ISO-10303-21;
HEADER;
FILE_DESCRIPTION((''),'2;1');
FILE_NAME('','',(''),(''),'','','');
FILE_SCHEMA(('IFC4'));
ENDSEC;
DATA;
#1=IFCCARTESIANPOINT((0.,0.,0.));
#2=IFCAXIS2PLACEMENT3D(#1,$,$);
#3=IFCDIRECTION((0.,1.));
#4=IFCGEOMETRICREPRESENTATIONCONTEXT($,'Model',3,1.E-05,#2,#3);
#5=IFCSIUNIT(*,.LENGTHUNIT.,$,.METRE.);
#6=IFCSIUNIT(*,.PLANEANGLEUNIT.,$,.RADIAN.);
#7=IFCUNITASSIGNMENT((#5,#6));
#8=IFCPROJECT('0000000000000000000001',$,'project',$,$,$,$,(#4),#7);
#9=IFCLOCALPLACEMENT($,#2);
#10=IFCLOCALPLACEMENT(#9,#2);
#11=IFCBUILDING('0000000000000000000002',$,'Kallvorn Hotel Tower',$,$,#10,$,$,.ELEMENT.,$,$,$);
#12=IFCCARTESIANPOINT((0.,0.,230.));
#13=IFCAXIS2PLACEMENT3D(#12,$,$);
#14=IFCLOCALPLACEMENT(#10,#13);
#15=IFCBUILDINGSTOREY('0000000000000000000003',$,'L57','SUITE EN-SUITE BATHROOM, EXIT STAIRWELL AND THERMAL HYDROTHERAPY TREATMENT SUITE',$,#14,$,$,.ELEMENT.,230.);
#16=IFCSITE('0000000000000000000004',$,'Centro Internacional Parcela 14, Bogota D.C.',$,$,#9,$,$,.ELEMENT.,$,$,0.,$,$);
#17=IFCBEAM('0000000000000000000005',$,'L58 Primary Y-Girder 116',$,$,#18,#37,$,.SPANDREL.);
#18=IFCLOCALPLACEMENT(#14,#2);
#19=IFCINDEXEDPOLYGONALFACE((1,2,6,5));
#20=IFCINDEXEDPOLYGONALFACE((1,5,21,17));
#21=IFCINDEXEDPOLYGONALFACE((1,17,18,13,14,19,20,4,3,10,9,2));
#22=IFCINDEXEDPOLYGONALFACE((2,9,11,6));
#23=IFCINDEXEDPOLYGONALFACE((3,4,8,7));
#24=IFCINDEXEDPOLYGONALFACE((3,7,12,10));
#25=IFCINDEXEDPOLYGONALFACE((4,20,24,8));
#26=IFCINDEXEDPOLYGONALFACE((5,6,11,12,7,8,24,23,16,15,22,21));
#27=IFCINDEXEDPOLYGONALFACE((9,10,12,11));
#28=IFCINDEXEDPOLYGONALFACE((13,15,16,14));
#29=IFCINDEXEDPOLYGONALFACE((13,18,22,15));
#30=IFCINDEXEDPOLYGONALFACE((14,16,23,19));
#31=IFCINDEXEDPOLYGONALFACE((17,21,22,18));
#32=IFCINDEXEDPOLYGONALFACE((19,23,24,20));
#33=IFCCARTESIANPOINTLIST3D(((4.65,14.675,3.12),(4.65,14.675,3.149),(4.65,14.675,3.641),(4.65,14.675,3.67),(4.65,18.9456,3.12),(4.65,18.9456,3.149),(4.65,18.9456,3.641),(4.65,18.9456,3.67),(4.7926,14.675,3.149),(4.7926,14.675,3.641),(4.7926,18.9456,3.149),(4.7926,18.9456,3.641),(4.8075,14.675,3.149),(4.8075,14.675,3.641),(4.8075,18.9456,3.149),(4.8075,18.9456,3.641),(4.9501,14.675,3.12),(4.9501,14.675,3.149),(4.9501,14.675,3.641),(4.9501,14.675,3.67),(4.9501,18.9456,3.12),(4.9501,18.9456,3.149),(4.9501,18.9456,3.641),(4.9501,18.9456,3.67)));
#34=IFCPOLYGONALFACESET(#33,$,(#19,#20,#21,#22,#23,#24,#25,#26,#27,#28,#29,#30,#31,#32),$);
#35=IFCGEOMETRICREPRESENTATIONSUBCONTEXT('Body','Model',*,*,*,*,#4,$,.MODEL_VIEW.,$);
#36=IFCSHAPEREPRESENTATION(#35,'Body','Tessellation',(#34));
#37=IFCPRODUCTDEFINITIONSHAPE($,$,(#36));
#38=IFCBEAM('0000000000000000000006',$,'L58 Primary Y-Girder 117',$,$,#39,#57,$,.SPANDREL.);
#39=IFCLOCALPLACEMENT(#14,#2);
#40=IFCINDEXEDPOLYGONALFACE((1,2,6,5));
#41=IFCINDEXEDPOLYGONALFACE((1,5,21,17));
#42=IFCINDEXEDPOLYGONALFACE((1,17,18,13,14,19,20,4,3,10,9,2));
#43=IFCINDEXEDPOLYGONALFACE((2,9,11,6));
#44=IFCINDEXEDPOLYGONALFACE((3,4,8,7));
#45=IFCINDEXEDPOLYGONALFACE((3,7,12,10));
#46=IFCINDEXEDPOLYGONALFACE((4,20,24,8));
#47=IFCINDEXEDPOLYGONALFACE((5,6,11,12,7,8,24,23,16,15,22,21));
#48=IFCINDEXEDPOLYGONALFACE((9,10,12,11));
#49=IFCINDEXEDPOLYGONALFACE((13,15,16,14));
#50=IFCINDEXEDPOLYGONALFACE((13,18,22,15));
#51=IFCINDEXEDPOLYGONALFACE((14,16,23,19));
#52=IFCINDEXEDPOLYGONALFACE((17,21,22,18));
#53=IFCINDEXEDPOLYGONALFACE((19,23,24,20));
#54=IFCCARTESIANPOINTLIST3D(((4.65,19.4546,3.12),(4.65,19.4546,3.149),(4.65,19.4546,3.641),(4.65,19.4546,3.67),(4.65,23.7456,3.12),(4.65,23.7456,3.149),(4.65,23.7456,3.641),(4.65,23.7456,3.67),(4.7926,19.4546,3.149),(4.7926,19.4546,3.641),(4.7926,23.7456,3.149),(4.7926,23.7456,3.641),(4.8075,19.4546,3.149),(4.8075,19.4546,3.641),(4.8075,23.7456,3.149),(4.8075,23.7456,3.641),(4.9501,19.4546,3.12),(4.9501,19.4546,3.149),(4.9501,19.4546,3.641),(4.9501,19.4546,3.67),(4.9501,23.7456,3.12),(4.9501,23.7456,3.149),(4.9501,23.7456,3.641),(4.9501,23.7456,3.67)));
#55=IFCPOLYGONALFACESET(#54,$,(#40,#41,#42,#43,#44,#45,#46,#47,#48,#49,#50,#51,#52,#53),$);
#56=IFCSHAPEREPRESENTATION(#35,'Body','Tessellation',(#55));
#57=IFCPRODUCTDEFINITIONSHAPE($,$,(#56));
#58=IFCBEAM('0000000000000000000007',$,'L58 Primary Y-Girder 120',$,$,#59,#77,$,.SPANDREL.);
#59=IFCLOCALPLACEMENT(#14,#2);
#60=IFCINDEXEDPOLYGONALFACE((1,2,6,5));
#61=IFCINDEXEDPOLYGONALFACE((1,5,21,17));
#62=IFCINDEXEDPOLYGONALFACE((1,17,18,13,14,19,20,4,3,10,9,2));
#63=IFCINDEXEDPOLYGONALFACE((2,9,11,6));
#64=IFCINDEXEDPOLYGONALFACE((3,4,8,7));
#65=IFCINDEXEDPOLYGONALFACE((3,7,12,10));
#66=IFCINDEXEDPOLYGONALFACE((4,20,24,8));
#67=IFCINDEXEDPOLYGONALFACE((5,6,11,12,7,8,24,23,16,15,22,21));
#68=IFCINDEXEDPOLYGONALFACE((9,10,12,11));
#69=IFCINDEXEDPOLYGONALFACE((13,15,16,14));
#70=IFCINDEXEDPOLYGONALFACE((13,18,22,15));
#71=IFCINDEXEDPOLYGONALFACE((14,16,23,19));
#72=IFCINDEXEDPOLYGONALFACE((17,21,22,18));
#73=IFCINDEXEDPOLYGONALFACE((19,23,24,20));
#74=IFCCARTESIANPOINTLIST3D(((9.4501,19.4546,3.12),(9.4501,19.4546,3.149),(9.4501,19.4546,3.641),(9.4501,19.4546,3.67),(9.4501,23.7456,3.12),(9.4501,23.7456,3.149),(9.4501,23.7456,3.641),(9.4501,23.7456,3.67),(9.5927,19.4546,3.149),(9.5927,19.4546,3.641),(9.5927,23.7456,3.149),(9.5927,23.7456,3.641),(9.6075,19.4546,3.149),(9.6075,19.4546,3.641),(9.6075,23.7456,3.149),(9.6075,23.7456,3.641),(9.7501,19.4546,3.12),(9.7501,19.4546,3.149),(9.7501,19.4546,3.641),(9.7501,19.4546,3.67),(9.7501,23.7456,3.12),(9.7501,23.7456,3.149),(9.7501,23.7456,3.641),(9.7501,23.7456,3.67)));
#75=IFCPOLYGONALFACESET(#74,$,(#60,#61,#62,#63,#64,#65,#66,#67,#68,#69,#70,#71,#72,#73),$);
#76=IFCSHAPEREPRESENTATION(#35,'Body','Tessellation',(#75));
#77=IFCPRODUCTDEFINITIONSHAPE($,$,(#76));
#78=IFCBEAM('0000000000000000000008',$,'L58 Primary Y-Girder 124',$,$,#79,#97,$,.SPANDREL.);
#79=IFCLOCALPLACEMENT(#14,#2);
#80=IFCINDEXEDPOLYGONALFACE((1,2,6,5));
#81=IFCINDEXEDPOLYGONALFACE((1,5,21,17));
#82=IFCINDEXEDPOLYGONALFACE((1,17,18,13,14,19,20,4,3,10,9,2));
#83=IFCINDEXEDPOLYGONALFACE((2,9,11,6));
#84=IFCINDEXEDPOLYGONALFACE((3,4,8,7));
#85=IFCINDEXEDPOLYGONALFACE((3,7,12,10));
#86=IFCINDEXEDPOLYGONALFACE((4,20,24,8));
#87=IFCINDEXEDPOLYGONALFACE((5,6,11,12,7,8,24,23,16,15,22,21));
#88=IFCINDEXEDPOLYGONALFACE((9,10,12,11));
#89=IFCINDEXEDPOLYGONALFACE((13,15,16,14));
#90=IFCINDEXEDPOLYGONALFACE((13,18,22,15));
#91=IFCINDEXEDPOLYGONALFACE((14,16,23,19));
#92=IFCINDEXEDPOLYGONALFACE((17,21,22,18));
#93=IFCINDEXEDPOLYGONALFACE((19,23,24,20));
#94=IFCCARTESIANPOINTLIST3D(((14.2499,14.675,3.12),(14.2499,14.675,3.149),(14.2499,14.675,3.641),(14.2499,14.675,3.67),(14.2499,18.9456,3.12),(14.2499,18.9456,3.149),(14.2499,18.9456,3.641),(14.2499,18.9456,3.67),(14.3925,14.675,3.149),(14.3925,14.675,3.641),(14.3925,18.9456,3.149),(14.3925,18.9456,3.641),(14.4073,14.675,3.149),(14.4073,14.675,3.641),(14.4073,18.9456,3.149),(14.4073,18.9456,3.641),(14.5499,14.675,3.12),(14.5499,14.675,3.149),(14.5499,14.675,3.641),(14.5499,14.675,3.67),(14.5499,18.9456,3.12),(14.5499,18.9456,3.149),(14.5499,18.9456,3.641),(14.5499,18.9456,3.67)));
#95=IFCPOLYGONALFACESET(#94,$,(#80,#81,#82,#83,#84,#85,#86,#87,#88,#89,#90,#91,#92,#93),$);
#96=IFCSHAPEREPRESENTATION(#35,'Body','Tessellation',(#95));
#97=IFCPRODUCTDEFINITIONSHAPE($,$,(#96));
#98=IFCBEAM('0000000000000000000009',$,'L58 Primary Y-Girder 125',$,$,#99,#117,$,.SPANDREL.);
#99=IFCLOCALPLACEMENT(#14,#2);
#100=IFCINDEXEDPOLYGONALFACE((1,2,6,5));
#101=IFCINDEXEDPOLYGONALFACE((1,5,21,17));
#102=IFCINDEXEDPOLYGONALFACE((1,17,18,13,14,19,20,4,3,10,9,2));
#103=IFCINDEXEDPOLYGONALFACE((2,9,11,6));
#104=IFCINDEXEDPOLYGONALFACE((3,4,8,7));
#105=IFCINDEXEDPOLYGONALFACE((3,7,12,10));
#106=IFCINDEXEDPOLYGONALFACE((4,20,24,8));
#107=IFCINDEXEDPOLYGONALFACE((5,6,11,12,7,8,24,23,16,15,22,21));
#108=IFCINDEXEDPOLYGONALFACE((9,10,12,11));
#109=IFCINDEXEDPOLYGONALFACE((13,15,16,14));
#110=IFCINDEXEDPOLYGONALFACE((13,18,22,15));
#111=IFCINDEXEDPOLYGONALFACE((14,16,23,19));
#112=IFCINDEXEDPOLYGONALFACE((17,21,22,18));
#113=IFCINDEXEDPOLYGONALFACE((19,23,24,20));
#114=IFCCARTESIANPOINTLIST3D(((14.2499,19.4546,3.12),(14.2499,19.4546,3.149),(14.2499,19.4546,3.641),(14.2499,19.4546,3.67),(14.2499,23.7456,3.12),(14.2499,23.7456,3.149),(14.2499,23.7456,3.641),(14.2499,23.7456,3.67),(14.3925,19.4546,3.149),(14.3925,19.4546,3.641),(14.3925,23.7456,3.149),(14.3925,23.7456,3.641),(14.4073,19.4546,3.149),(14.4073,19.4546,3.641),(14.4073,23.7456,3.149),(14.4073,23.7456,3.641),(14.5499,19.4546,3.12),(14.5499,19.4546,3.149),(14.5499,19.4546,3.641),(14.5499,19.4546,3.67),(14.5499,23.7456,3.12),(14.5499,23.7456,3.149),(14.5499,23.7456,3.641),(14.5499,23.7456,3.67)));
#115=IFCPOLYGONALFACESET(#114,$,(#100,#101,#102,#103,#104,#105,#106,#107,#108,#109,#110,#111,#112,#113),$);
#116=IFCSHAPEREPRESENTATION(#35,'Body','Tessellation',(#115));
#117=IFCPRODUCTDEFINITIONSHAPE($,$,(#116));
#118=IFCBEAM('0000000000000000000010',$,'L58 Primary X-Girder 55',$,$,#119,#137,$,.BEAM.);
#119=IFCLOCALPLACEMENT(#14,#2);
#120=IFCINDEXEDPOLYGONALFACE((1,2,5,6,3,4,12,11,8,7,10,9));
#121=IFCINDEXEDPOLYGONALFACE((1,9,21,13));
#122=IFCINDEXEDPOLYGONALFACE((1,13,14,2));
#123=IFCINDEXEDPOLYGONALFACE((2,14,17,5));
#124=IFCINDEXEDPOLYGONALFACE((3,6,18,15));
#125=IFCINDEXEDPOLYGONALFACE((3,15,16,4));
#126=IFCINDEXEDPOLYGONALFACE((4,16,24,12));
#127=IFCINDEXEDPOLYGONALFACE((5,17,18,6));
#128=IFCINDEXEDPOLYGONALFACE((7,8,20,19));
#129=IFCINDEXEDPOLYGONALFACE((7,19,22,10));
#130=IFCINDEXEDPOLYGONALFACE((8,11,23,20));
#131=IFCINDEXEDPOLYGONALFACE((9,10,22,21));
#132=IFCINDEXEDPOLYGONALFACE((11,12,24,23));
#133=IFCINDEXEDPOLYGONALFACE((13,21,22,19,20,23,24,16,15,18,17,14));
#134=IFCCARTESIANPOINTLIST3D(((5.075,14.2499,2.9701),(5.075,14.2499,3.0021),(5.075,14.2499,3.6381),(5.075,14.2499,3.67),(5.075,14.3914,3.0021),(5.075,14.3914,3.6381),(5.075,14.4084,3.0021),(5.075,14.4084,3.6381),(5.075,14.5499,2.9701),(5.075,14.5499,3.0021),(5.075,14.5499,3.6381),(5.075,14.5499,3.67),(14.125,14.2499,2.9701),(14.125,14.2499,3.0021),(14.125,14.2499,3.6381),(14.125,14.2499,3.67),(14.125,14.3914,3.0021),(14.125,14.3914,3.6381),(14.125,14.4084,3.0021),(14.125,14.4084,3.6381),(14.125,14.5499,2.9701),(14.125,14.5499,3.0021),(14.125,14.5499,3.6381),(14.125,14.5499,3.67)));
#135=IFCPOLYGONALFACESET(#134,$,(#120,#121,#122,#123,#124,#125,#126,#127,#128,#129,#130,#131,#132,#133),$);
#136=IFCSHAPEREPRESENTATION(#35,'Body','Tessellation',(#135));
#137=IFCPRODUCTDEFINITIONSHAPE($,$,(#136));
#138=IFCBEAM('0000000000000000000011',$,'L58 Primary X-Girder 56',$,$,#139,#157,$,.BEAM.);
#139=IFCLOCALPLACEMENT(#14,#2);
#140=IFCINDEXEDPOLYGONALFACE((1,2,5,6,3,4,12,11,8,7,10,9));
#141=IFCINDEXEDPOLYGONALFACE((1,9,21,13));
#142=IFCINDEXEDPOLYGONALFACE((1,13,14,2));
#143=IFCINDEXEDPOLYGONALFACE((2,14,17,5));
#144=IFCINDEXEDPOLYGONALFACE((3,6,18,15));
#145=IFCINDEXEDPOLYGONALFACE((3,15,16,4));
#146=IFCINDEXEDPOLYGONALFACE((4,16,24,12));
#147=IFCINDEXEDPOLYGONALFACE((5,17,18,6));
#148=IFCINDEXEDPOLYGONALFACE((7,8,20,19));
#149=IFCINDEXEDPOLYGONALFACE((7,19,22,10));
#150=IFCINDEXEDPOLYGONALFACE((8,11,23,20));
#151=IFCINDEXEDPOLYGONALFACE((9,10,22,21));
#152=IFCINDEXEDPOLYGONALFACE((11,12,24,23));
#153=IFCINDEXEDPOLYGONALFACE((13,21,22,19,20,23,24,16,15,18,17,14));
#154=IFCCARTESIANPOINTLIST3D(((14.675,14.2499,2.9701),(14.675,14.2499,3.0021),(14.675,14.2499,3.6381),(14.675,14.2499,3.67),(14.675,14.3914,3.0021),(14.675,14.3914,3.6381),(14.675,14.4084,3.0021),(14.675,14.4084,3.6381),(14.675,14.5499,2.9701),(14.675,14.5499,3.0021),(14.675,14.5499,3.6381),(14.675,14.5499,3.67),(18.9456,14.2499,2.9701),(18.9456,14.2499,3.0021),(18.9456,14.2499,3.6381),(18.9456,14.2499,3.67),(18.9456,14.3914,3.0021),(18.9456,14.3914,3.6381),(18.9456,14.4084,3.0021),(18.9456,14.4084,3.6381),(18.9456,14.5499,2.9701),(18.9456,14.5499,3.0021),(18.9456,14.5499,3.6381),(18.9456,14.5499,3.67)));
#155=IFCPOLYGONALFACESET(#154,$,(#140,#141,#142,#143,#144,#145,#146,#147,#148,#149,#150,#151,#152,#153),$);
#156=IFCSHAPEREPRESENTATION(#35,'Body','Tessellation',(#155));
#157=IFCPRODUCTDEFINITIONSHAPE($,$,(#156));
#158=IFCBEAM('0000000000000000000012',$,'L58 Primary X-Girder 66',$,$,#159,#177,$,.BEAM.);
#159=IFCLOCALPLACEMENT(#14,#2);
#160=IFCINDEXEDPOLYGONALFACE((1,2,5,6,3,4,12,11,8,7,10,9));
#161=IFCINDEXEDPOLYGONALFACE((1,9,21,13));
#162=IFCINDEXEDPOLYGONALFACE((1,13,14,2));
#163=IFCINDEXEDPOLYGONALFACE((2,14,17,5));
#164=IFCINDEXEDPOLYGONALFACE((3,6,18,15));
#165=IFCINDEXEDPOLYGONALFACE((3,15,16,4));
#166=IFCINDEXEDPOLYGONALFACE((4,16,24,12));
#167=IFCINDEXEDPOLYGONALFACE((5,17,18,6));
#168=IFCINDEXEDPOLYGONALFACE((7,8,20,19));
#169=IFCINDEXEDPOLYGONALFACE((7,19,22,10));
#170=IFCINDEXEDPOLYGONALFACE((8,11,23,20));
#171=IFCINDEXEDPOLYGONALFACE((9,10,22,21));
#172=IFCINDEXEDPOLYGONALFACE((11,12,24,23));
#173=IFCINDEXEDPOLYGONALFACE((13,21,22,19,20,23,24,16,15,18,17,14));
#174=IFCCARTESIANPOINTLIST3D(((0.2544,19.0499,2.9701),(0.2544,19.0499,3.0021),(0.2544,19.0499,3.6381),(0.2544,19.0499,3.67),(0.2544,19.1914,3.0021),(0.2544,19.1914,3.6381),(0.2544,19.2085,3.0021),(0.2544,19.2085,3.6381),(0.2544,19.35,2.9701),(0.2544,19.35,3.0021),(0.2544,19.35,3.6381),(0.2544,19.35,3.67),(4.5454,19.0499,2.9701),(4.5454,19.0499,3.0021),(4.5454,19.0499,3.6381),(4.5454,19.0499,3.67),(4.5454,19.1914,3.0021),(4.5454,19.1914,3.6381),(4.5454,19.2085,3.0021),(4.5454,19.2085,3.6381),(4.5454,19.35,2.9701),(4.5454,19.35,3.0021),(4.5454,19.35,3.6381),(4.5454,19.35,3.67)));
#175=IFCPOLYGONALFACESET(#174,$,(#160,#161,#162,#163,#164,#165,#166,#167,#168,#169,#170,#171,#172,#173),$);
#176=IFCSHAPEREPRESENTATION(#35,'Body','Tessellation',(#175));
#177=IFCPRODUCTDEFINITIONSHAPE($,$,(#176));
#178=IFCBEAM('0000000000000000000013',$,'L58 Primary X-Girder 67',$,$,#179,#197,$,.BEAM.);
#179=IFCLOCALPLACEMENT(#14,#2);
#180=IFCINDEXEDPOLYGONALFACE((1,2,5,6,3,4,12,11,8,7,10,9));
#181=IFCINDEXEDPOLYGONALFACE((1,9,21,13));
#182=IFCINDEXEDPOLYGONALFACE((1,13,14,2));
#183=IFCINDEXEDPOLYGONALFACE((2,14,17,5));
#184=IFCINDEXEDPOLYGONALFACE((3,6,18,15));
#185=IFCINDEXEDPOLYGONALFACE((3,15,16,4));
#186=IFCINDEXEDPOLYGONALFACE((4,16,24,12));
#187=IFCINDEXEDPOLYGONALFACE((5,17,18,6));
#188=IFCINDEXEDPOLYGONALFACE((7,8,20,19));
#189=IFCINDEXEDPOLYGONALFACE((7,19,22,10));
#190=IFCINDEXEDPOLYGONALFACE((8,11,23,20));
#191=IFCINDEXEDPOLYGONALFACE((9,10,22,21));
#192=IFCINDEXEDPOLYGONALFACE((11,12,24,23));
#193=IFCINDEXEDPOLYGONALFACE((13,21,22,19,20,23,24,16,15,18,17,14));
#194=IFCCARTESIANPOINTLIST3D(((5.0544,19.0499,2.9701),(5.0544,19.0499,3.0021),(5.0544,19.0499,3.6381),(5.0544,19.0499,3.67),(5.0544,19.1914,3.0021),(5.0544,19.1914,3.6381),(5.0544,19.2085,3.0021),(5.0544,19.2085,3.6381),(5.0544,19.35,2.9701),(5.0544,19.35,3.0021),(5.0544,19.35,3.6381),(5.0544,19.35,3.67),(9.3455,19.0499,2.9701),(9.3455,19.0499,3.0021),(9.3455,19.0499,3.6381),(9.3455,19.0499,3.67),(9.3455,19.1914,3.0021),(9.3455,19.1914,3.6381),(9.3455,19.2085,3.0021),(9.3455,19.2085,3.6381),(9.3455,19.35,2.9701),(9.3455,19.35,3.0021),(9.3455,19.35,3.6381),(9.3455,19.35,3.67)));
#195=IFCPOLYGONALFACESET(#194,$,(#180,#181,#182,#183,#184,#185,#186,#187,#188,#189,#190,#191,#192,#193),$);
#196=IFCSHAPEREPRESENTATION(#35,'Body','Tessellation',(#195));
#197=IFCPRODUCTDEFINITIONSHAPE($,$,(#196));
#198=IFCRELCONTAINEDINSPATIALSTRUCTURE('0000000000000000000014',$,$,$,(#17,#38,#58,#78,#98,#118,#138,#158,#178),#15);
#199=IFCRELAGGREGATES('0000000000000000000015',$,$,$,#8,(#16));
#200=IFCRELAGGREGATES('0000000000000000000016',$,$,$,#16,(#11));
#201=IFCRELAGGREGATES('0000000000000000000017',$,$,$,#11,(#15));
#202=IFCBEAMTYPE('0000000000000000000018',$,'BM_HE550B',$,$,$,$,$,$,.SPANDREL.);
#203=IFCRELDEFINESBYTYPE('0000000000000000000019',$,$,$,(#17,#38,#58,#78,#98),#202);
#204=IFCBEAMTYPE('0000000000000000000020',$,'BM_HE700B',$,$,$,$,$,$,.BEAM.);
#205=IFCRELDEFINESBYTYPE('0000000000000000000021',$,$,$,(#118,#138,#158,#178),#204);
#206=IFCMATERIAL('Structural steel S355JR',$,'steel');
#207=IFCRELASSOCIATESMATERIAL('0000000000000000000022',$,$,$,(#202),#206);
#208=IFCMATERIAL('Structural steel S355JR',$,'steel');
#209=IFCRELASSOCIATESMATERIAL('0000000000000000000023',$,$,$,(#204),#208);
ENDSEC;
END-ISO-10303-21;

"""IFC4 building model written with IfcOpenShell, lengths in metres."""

from ifc_helpers import new_model, si_unit, direction, frame, origin, origin_2d, place, context, subcontext, project, spatial, i_section, extrude, material, material_profile, profile_set, type_object, element, save


model = new_model("IFC4")

# Units and contexts
model_context = context("Model", 3, precision=1e-05, world=origin(), true_north=direction((0.0, 1.0)))
body_context = subcontext(model_context, "Body", "Model", "MODEL_VIEW")
ifc_project = project(units=[si_unit("LENGTHUNIT", "METRE"), si_unit("PLANEANGLEUNIT", "RADIAN")], contexts=[model_context])

# Site, building, storey
site_placement = place(None, origin())
site = spatial("IfcSite", under=ifc_project, at=site_placement, Name="Centro Internacional Parcela 14, Bogota D.C.", CompositionType="ELEMENT", RefElevation=0.0)
building_placement = place(site_placement, origin())
building = spatial("IfcBuilding", under=site, at=building_placement, Name="Kallvorn Hotel Tower", CompositionType="ELEMENT")
storey_placement = place(building_placement, frame((0.0, 0.0, 230.0)))
storey = spatial("IfcBuildingStorey", under=building, at=storey_placement, Name="L57", Description="SUITE EN-SUITE BATHROOM, EXIT STAIRWELL AND THERMAL HYDROTHERAPY TREATMENT SUITE", CompositionType="ELEMENT", Elevation=230.0)

# Beams
ifc_material_1 = material(Name="Structural steel S355JR", Category="steel")
ifc_material_profile_1 = material_profile(ifc_material_1, i_section(OverallWidth=0.3, OverallDepth=0.55, WebThickness=0.0149, FlangeThickness=0.0291, at=origin_2d()), Name="HE 550 B")
ifc_profile_set_1 = profile_set([ifc_material_profile_1], Name="Structural steel S355JR")
beam_type_1 = type_object("IfcBeamType", Name="BM_HE550B", PredefinedType="SPANDREL", material=ifc_profile_set_1)
beam_1_placement = place(storey_placement, frame((4.8, 14.675, 3.395), z_axis=(0.0, 1.0, 0.0), x_axis=(-1.0, 0.0, 0.0)))
element("IfcBeam", 1, at=beam_1_placement, inside=storey, type_object=beam_type_1, Name="L58 Primary Y-Girder 116", PredefinedType="SPANDREL", context=body_context, shape_type="SweptSolid", body=[
    extrude(i_section(OverallWidth=0.3, OverallDepth=0.55, WebThickness=0.0149, FlangeThickness=0.0291, at=origin_2d()), origin(), (0.0, 0.0, 1.0), 4.2705),
])
for number, where, z_axis, x_axis, name in (
    (2, (4.8, 19.4546, 3.395), (0.0, 1.0, 0.0), (-1.0, 0.0, 0.0), "L58 Primary Y-Girder 117"),
    (3, (9.6001, 19.4546, 3.395), (0.0, 1.0, 0.0), (-1.0, 0.0, 0.0), "L58 Primary Y-Girder 120"),
):
    element("IfcBeam", number, at=place(storey_placement, frame(where, z_axis=z_axis, x_axis=x_axis)), inside=storey, type_object=beam_type_1, Name=name, PredefinedType="SPANDREL", context=body_context, shape_type="SweptSolid", body=[
        extrude(i_section(OverallWidth=0.3, OverallDepth=0.55, WebThickness=0.0149, FlangeThickness=0.0291, at=origin_2d()), origin(), (0.0, 0.0, 1.0), 4.291),
    ])
beam_2_placement = place(storey_placement, frame((14.3999, 14.675, 3.395), z_axis=(0.0, 1.0, 0.0), x_axis=(-1.0, 0.0, 0.0)))
element("IfcBeam", 4, at=beam_2_placement, inside=storey, type_object=beam_type_1, Name="L58 Primary Y-Girder 124", PredefinedType="SPANDREL", context=body_context, shape_type="SweptSolid", body=[
    extrude(i_section(OverallWidth=0.3, OverallDepth=0.55, WebThickness=0.0149, FlangeThickness=0.0291, at=origin_2d()), origin(), (0.0, 0.0, 1.0), 4.2705),
])
beam_3_placement = place(storey_placement, frame((14.3999, 19.4546, 3.395), z_axis=(0.0, 1.0, 0.0), x_axis=(-1.0, 0.0, 0.0)))
element("IfcBeam", 5, at=beam_3_placement, inside=storey, type_object=beam_type_1, Name="L58 Primary Y-Girder 125", PredefinedType="SPANDREL", context=body_context, shape_type="SweptSolid", body=[
    extrude(i_section(OverallWidth=0.3, OverallDepth=0.55, WebThickness=0.0149, FlangeThickness=0.0291, at=origin_2d()), origin(), (0.0, 0.0, 1.0), 4.291),
])
ifc_material_2 = material(Name="Structural steel S355JR", Category="steel")
ifc_material_profile_2 = material_profile(ifc_material_2, i_section(OverallWidth=0.3, OverallDepth=0.7, WebThickness=0.0171, FlangeThickness=0.032, at=origin_2d()), Name="HE 700 B")
ifc_profile_set_2 = profile_set([ifc_material_profile_2], Name="Structural steel S355JR")
beam_type_2 = type_object("IfcBeamType", Name="BM_HE700B", PredefinedType="BEAM", material=ifc_profile_set_2)
beam_4_placement = place(storey_placement, frame((5.075, 14.3999, 3.3201), z_axis=(1.0, 0.0, 0.0), x_axis=(0.0, 1.0, 0.0)))
element("IfcBeam", 6, at=beam_4_placement, inside=storey, type_object=beam_type_2, Name="L58 Primary X-Girder 55", PredefinedType="BEAM", context=body_context, shape_type="SweptSolid", body=[
    extrude(i_section(OverallWidth=0.3, OverallDepth=0.7, WebThickness=0.0171, FlangeThickness=0.032, at=origin_2d()), origin(), (0.0, 0.0, 1.0), 9.05),
])
beam_5_placement = place(storey_placement, frame((14.675, 14.3999, 3.3201), z_axis=(1.0, 0.0, 0.0), x_axis=(0.0, 1.0, 0.0)))
element("IfcBeam", 7, at=beam_5_placement, inside=storey, type_object=beam_type_2, Name="L58 Primary X-Girder 56", PredefinedType="BEAM", context=body_context, shape_type="SweptSolid", body=[
    extrude(i_section(OverallWidth=0.3, OverallDepth=0.7, WebThickness=0.0171, FlangeThickness=0.032, at=origin_2d()), origin(), (0.0, 0.0, 1.0), 4.2705),
])
for number, where, z_axis, x_axis, name in (
    (8, (0.2544, 19.2, 3.3201), (1.0, 0.0, 0.0), (0.0, 1.0, 0.0), "L58 Primary X-Girder 66"),
    (9, (5.0544, 19.2, 3.3201), (1.0, 0.0, 0.0), (0.0, 1.0, 0.0), "L58 Primary X-Girder 67"),
):
    element("IfcBeam", number, at=place(storey_placement, frame(where, z_axis=z_axis, x_axis=x_axis)), inside=storey, type_object=beam_type_2, Name=name, PredefinedType="BEAM", context=body_context, shape_type="SweptSolid", body=[
        extrude(i_section(OverallWidth=0.3, OverallDepth=0.7, WebThickness=0.0171, FlangeThickness=0.032, at=origin_2d()), origin(), (0.0, 0.0, 1.0), 4.291),
    ])

save(model, "model.ifc")
